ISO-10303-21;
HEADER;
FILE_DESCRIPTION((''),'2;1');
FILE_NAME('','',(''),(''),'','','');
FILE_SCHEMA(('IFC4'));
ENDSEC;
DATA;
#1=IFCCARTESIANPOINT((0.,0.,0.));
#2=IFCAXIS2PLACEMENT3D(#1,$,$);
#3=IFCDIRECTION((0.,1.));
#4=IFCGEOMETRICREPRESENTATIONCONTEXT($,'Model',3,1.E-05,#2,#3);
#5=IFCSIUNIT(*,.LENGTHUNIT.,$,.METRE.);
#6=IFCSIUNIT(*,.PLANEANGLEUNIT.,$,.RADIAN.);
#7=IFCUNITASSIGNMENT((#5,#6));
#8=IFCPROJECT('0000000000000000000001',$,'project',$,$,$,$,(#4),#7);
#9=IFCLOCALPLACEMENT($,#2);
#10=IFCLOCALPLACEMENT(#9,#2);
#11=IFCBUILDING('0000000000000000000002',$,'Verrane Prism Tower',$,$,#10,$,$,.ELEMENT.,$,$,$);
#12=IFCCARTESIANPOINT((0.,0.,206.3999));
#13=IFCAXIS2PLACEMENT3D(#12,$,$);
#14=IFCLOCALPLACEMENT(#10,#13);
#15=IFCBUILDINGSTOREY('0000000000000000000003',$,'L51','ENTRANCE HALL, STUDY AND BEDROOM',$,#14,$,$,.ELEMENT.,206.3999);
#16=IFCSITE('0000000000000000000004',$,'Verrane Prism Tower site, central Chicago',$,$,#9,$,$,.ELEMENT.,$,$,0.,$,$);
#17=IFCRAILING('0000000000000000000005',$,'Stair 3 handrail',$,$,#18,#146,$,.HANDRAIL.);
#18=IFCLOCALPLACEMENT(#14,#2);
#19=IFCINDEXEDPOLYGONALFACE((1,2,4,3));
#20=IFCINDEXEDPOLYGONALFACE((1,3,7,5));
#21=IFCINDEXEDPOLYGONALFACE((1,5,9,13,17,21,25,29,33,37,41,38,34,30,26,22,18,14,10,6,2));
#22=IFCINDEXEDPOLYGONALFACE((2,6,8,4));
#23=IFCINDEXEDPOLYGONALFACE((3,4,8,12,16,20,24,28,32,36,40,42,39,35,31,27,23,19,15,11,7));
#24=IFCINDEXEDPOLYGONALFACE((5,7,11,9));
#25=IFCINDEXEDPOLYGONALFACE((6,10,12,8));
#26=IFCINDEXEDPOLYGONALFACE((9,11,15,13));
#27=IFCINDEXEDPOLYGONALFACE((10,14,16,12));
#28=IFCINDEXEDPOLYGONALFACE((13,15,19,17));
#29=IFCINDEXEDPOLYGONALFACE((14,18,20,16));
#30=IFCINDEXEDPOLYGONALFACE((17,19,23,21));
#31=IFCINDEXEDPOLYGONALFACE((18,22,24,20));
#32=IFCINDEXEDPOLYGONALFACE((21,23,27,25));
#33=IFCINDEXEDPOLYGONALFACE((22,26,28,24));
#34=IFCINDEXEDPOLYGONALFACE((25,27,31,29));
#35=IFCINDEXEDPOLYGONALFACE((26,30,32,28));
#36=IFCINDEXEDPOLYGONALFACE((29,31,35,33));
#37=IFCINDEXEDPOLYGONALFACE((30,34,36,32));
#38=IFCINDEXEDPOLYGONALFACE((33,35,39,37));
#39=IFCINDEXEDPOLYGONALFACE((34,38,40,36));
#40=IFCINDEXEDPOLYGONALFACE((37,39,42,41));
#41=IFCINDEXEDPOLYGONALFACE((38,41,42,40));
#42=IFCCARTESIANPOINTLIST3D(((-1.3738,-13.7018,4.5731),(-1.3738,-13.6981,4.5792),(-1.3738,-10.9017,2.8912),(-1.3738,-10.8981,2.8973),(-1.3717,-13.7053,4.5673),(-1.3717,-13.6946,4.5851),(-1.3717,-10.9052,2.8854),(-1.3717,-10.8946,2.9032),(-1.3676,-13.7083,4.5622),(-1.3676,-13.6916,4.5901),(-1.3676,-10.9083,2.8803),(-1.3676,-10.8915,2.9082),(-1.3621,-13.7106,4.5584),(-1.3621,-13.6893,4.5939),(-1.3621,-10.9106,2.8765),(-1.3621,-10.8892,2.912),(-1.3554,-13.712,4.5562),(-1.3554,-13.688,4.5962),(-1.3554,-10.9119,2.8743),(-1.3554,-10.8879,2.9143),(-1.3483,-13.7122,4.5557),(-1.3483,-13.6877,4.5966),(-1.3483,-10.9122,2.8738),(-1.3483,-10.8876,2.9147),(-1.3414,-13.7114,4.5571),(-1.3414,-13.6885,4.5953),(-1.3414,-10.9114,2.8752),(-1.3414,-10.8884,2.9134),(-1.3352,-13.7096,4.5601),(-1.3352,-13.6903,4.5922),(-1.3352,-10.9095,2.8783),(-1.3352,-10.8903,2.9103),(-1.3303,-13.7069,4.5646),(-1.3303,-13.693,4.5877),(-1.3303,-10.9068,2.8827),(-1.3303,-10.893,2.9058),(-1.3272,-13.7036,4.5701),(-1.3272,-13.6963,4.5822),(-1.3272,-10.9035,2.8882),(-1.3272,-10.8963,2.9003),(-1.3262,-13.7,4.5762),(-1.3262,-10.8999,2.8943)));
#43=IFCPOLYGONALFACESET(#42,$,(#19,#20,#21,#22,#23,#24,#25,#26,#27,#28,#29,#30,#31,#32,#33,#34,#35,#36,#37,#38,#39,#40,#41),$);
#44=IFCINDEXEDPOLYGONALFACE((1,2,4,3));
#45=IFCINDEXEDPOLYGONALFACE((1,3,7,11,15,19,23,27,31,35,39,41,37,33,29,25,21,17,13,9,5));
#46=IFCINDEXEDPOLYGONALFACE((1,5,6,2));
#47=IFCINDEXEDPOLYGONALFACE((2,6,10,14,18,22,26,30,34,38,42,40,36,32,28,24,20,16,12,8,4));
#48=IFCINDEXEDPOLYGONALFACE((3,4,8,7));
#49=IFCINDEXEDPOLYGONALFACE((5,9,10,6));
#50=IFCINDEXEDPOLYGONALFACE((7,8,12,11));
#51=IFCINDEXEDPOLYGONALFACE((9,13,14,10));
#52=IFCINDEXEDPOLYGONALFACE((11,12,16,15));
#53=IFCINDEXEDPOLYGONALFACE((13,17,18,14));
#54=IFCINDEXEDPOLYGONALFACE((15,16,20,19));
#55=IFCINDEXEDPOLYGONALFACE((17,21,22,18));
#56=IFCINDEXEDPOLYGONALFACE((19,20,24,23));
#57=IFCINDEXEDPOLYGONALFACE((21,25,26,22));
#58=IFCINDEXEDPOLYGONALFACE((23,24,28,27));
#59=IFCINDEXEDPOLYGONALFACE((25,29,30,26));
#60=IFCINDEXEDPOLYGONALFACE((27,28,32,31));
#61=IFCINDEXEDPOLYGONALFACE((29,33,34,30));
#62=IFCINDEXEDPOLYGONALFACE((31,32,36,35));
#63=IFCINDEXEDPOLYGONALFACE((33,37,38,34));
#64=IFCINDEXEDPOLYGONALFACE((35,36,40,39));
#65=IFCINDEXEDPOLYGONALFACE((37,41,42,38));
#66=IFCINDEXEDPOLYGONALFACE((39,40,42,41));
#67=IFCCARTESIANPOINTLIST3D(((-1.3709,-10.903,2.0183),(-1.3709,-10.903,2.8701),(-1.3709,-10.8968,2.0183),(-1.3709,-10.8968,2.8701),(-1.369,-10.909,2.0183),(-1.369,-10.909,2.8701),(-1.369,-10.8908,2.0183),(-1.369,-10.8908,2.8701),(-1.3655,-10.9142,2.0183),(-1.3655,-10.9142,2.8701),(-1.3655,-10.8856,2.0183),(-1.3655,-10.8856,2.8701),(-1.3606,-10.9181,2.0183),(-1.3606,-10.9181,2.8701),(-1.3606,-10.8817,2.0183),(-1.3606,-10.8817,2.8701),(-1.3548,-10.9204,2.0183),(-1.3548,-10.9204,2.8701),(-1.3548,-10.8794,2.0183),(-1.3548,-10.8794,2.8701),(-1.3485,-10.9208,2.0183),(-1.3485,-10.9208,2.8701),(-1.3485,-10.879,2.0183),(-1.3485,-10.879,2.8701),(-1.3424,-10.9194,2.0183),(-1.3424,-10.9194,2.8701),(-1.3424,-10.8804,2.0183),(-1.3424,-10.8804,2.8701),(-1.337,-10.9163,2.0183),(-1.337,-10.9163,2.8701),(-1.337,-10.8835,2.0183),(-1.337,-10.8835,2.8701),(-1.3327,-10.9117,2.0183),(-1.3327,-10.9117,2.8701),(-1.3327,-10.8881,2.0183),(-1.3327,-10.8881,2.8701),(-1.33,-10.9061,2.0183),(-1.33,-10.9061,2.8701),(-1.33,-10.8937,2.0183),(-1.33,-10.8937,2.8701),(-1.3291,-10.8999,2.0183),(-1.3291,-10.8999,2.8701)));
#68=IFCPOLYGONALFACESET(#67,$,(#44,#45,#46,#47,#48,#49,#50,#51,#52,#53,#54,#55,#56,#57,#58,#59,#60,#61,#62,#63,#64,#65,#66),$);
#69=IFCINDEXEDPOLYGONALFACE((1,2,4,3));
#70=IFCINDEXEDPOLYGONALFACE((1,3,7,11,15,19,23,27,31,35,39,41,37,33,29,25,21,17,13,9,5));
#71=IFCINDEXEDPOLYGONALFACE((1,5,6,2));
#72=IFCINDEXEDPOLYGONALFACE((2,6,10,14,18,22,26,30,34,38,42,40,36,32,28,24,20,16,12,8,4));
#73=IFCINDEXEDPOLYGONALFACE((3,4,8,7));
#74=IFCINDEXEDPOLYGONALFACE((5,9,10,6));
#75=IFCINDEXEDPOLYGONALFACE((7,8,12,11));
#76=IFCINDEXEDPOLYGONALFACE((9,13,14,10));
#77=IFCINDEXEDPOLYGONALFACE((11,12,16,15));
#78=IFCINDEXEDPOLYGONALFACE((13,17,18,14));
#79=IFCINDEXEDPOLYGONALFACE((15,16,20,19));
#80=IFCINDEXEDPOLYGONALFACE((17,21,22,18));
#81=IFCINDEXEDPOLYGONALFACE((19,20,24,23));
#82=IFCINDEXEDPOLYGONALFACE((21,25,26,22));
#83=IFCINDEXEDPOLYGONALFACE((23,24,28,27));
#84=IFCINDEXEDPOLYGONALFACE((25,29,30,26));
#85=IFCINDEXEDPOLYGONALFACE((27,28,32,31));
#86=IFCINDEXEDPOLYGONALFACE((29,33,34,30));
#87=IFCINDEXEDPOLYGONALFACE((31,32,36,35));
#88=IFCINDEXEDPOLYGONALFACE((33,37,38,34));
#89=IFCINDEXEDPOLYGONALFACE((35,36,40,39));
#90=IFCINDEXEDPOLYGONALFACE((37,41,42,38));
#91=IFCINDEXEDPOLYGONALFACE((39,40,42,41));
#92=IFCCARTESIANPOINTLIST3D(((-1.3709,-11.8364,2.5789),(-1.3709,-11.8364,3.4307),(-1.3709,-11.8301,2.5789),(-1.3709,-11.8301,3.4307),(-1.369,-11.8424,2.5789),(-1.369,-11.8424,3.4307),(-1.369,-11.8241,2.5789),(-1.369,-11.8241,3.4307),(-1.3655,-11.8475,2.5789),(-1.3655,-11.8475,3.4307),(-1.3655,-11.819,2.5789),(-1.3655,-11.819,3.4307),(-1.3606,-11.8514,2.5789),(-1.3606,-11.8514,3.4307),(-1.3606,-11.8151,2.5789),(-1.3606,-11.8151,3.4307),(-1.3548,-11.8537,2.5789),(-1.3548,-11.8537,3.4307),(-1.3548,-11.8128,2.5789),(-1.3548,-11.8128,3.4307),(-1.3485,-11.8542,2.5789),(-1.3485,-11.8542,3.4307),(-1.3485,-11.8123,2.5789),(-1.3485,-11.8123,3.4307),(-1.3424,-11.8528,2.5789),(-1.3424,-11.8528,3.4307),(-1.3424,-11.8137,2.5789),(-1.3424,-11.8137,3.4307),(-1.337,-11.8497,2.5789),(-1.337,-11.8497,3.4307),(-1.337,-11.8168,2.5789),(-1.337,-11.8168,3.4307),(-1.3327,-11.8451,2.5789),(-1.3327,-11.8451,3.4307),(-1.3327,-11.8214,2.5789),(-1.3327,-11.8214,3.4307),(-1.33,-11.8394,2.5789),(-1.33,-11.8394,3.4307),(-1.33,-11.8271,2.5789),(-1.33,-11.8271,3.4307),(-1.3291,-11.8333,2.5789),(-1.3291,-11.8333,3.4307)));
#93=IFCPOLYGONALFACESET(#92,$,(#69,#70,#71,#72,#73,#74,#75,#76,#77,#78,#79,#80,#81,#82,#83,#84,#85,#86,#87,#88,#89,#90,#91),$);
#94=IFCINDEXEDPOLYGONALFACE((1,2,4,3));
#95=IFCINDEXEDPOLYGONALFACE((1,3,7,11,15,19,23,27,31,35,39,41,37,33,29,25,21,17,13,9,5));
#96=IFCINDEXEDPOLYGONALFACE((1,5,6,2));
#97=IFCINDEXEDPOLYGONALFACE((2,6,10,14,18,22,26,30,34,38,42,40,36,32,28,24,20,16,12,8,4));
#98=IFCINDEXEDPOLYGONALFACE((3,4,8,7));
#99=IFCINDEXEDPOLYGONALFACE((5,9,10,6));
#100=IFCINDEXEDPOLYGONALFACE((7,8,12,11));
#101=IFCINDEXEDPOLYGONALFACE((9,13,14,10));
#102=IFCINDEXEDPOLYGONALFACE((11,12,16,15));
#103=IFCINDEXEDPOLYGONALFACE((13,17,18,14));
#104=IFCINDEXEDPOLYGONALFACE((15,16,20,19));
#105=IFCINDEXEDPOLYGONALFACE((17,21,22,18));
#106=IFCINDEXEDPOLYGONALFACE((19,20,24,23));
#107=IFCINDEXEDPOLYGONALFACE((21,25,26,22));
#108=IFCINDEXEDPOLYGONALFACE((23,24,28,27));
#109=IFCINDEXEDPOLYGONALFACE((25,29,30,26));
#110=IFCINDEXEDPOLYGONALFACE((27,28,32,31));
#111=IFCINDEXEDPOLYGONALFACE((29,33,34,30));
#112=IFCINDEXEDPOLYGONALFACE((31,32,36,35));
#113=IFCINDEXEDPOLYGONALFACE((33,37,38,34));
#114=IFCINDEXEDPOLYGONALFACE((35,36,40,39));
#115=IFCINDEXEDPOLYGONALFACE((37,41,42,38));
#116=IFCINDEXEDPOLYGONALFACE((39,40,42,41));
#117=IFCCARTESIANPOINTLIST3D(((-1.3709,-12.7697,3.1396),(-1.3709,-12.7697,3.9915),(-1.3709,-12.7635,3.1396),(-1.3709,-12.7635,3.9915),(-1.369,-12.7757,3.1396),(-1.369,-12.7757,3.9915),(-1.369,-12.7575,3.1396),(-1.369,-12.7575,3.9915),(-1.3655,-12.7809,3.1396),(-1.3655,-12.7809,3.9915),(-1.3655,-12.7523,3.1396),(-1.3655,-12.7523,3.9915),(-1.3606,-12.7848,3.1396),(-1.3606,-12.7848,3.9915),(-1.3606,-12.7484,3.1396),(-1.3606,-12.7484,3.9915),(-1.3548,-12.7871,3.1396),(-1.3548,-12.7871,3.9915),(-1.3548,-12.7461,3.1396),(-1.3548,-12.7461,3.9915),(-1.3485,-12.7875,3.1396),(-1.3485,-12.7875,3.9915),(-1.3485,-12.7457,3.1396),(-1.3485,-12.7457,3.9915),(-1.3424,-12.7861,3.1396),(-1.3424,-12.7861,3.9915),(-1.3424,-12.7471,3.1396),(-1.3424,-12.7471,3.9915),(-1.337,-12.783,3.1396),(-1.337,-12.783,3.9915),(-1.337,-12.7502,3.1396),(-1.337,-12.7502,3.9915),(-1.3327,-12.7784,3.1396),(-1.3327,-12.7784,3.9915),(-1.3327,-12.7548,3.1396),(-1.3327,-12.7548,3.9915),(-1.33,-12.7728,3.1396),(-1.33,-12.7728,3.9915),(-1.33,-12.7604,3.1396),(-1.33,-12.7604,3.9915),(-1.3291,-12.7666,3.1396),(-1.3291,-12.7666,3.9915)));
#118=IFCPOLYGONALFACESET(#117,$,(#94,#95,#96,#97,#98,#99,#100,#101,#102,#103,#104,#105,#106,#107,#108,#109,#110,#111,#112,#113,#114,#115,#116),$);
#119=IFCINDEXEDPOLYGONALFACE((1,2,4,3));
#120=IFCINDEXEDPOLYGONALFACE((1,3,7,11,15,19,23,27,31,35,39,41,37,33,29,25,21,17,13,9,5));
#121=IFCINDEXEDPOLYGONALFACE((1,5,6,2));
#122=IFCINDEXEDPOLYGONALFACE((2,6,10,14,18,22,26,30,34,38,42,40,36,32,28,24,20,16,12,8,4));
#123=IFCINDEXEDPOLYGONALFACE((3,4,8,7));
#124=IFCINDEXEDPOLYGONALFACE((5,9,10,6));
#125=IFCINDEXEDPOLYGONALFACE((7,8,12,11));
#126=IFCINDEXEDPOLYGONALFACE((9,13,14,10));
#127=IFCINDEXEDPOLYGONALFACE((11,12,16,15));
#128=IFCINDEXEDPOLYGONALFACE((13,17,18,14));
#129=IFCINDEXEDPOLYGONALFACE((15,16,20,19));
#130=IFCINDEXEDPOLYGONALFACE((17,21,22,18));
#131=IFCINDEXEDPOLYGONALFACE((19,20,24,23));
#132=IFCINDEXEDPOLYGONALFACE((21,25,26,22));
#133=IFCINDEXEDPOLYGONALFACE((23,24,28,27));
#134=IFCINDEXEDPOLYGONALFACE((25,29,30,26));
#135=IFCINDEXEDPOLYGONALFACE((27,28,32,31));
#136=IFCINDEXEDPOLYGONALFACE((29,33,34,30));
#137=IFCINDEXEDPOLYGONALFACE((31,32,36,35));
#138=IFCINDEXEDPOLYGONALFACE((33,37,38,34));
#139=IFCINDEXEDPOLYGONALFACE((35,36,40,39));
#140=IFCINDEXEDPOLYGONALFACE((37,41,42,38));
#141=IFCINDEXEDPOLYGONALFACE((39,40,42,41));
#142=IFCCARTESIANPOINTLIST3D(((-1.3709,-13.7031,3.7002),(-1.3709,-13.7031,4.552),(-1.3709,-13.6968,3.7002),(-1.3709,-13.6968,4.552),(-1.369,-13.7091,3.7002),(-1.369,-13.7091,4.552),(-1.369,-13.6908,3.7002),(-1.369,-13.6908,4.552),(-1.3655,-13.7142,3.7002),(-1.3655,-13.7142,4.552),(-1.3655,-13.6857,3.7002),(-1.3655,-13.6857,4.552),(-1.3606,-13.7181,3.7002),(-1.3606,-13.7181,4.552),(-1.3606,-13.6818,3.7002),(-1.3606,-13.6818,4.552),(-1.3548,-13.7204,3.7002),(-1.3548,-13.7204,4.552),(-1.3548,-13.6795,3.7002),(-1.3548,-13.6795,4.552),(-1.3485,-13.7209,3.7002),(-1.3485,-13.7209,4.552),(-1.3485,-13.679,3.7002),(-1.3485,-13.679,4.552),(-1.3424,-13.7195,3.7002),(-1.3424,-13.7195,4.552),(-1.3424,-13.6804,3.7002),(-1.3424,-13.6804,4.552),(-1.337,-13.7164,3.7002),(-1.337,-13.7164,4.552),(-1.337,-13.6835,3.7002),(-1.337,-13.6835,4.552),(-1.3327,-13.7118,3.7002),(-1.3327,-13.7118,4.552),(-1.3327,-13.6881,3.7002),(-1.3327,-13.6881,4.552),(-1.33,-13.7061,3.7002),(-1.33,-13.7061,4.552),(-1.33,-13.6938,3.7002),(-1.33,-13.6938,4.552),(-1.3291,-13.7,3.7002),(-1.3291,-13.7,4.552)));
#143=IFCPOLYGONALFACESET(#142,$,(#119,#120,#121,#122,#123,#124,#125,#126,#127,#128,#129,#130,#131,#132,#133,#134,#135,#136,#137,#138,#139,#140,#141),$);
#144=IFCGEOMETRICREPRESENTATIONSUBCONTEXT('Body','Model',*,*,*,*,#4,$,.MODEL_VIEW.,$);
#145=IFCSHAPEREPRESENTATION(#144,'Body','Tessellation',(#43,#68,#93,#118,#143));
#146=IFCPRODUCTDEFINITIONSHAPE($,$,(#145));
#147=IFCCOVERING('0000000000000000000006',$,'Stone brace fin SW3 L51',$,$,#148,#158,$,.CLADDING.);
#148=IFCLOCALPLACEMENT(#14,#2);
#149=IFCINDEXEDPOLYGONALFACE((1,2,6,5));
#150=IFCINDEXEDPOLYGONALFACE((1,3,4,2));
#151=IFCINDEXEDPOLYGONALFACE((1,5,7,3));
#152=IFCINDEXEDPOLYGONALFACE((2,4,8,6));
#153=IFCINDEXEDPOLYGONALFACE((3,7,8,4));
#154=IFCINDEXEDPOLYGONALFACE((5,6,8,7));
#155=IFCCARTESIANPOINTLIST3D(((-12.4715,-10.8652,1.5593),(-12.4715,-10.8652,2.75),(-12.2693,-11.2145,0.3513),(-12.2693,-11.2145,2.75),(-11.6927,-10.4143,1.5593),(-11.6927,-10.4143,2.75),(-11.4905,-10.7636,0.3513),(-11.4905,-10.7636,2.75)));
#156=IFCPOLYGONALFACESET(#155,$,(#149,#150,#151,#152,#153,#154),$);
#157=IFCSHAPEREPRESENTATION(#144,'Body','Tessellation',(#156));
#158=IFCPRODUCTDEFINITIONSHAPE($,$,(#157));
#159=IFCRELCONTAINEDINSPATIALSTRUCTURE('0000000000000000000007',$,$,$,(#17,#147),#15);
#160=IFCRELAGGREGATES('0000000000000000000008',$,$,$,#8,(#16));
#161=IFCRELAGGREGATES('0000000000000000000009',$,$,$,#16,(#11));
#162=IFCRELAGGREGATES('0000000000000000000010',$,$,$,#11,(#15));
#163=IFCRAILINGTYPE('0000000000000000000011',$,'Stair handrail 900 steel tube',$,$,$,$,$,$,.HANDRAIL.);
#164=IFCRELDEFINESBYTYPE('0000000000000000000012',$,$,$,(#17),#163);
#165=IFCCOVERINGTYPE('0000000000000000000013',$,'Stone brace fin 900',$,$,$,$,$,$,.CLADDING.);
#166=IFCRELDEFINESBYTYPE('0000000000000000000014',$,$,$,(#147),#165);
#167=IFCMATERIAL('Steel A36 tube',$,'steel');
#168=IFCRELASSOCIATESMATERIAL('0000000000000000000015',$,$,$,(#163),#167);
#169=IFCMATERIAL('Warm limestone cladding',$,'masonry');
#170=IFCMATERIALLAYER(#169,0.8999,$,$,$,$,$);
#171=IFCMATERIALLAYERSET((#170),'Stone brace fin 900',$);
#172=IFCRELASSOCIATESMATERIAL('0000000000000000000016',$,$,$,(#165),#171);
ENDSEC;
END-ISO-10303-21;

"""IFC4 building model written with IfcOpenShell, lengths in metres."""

from ifc_helpers import new_model, si_unit, direction, frame, origin, origin_2d, place, context, subcontext, project, spatial, polyline, circle, outline, extrude, material, layer, layer_set, type_object, element, save


model = new_model("IFC4")

# Units and contexts
model_context = context("Model", 3, precision=1e-05, world=origin(), true_north=direction((0.0, 1.0)))
body_context = subcontext(model_context, "Body", "Model", "MODEL_VIEW")
ifc_project = project(units=[si_unit("LENGTHUNIT", "METRE"), si_unit("PLANEANGLEUNIT", "RADIAN")], contexts=[model_context])

# Site, building, storey
site_placement = place(None, origin())
site = spatial("IfcSite", under=ifc_project, at=site_placement, Name="Verrane Prism Tower site, central Chicago", CompositionType="ELEMENT", RefElevation=0.0)
building_placement = place(site_placement, origin())
building = spatial("IfcBuilding", under=site, at=building_placement, Name="Verrane Prism Tower", CompositionType="ELEMENT")
storey_placement = place(building_placement, frame((0.0, 0.0, 206.3999)))
storey = spatial("IfcBuildingStorey", under=building, at=storey_placement, Name="L51", Description="ENTRANCE HALL, STUDY AND BEDROOM", CompositionType="ELEMENT", Elevation=206.3999)

# Railing
ifc_material_1 = material(Name="Steel A36 tube", Category="steel")
railing_type = type_object("IfcRailingType", Name="Stair handrail 900 steel tube", PredefinedType="HANDRAIL", material=ifc_material_1)
railing_placement = place(storey_placement, frame((-1.3501, -10.8999, 2.0183)))
element("IfcRailing", 1, at=railing_placement, inside=storey, type_object=railing_type, Name="Stair 3 handrail", PredefinedType="HANDRAIL", context=body_context, shape_type="SweptSolid", body=[
    extrude(circle(Radius=0.0239, at=origin_2d()), frame((0.0, 0.0, 0.876), z_axis=(0.0, -0.857242, 0.514913), x_axis=(1.0, 0.0, 0.0)), (0.0, 0.0, 1.0), 3.2664),
    extrude(circle(Radius=0.021, at=origin_2d()), origin(), (0.0, 0.0, 1.0), 0.8518),
    extrude(circle(Radius=0.021, at=origin_2d()), frame((0.0, -0.9333, 0.5605)), (0.0, 0.0, 1.0), 0.8518),
    extrude(circle(Radius=0.021, at=origin_2d()), frame((0.0, -1.8667, 1.1213)), (0.0, 0.0, 1.0), 0.8518),
    extrude(circle(Radius=0.021, at=origin_2d()), frame((0.0, -2.8, 1.6819)), (0.0, 0.0, 1.0), 0.8518),
])

# Covering
ifc_material_2 = material(Name="Warm limestone cladding", Category="masonry")
ifc_layer_1 = layer(ifc_material_2, 0.8999)
ifc_layer_set_1 = layer_set([ifc_layer_1], Name="Stone brace fin 900")
covering_type = type_object("IfcCoveringType", Name="Stone brace fin 900", PredefinedType="CLADDING", material=ifc_layer_set_1)
covering_placement = place(storey_placement, frame((-11.8799, -10.989, 0.3513), z_axis=(0.0, 0.0, 1.0), x_axis=(-0.501084, 0.865399, 0.0)))
element("IfcCovering", 2, at=covering_placement, inside=storey, type_object=covering_type, Name="Stone brace fin SW3 L51", PredefinedType="CLADDING", context=body_context, shape_type="SweptSolid", body=[
    extrude(outline(polyline([(0.4036, 2.3987), (0.0, 2.3987), (0.0, 0.0), (0.4036, 1.208), (0.4036, 2.3987)])), frame((0.0, 0.45, 0.0), z_axis=(0.0, -1.0, 0.0), x_axis=(1.0, 0.0, 0.0)), (0.0, 0.0, 1.0), 0.8999),
])

save(model, "model.ifc")
